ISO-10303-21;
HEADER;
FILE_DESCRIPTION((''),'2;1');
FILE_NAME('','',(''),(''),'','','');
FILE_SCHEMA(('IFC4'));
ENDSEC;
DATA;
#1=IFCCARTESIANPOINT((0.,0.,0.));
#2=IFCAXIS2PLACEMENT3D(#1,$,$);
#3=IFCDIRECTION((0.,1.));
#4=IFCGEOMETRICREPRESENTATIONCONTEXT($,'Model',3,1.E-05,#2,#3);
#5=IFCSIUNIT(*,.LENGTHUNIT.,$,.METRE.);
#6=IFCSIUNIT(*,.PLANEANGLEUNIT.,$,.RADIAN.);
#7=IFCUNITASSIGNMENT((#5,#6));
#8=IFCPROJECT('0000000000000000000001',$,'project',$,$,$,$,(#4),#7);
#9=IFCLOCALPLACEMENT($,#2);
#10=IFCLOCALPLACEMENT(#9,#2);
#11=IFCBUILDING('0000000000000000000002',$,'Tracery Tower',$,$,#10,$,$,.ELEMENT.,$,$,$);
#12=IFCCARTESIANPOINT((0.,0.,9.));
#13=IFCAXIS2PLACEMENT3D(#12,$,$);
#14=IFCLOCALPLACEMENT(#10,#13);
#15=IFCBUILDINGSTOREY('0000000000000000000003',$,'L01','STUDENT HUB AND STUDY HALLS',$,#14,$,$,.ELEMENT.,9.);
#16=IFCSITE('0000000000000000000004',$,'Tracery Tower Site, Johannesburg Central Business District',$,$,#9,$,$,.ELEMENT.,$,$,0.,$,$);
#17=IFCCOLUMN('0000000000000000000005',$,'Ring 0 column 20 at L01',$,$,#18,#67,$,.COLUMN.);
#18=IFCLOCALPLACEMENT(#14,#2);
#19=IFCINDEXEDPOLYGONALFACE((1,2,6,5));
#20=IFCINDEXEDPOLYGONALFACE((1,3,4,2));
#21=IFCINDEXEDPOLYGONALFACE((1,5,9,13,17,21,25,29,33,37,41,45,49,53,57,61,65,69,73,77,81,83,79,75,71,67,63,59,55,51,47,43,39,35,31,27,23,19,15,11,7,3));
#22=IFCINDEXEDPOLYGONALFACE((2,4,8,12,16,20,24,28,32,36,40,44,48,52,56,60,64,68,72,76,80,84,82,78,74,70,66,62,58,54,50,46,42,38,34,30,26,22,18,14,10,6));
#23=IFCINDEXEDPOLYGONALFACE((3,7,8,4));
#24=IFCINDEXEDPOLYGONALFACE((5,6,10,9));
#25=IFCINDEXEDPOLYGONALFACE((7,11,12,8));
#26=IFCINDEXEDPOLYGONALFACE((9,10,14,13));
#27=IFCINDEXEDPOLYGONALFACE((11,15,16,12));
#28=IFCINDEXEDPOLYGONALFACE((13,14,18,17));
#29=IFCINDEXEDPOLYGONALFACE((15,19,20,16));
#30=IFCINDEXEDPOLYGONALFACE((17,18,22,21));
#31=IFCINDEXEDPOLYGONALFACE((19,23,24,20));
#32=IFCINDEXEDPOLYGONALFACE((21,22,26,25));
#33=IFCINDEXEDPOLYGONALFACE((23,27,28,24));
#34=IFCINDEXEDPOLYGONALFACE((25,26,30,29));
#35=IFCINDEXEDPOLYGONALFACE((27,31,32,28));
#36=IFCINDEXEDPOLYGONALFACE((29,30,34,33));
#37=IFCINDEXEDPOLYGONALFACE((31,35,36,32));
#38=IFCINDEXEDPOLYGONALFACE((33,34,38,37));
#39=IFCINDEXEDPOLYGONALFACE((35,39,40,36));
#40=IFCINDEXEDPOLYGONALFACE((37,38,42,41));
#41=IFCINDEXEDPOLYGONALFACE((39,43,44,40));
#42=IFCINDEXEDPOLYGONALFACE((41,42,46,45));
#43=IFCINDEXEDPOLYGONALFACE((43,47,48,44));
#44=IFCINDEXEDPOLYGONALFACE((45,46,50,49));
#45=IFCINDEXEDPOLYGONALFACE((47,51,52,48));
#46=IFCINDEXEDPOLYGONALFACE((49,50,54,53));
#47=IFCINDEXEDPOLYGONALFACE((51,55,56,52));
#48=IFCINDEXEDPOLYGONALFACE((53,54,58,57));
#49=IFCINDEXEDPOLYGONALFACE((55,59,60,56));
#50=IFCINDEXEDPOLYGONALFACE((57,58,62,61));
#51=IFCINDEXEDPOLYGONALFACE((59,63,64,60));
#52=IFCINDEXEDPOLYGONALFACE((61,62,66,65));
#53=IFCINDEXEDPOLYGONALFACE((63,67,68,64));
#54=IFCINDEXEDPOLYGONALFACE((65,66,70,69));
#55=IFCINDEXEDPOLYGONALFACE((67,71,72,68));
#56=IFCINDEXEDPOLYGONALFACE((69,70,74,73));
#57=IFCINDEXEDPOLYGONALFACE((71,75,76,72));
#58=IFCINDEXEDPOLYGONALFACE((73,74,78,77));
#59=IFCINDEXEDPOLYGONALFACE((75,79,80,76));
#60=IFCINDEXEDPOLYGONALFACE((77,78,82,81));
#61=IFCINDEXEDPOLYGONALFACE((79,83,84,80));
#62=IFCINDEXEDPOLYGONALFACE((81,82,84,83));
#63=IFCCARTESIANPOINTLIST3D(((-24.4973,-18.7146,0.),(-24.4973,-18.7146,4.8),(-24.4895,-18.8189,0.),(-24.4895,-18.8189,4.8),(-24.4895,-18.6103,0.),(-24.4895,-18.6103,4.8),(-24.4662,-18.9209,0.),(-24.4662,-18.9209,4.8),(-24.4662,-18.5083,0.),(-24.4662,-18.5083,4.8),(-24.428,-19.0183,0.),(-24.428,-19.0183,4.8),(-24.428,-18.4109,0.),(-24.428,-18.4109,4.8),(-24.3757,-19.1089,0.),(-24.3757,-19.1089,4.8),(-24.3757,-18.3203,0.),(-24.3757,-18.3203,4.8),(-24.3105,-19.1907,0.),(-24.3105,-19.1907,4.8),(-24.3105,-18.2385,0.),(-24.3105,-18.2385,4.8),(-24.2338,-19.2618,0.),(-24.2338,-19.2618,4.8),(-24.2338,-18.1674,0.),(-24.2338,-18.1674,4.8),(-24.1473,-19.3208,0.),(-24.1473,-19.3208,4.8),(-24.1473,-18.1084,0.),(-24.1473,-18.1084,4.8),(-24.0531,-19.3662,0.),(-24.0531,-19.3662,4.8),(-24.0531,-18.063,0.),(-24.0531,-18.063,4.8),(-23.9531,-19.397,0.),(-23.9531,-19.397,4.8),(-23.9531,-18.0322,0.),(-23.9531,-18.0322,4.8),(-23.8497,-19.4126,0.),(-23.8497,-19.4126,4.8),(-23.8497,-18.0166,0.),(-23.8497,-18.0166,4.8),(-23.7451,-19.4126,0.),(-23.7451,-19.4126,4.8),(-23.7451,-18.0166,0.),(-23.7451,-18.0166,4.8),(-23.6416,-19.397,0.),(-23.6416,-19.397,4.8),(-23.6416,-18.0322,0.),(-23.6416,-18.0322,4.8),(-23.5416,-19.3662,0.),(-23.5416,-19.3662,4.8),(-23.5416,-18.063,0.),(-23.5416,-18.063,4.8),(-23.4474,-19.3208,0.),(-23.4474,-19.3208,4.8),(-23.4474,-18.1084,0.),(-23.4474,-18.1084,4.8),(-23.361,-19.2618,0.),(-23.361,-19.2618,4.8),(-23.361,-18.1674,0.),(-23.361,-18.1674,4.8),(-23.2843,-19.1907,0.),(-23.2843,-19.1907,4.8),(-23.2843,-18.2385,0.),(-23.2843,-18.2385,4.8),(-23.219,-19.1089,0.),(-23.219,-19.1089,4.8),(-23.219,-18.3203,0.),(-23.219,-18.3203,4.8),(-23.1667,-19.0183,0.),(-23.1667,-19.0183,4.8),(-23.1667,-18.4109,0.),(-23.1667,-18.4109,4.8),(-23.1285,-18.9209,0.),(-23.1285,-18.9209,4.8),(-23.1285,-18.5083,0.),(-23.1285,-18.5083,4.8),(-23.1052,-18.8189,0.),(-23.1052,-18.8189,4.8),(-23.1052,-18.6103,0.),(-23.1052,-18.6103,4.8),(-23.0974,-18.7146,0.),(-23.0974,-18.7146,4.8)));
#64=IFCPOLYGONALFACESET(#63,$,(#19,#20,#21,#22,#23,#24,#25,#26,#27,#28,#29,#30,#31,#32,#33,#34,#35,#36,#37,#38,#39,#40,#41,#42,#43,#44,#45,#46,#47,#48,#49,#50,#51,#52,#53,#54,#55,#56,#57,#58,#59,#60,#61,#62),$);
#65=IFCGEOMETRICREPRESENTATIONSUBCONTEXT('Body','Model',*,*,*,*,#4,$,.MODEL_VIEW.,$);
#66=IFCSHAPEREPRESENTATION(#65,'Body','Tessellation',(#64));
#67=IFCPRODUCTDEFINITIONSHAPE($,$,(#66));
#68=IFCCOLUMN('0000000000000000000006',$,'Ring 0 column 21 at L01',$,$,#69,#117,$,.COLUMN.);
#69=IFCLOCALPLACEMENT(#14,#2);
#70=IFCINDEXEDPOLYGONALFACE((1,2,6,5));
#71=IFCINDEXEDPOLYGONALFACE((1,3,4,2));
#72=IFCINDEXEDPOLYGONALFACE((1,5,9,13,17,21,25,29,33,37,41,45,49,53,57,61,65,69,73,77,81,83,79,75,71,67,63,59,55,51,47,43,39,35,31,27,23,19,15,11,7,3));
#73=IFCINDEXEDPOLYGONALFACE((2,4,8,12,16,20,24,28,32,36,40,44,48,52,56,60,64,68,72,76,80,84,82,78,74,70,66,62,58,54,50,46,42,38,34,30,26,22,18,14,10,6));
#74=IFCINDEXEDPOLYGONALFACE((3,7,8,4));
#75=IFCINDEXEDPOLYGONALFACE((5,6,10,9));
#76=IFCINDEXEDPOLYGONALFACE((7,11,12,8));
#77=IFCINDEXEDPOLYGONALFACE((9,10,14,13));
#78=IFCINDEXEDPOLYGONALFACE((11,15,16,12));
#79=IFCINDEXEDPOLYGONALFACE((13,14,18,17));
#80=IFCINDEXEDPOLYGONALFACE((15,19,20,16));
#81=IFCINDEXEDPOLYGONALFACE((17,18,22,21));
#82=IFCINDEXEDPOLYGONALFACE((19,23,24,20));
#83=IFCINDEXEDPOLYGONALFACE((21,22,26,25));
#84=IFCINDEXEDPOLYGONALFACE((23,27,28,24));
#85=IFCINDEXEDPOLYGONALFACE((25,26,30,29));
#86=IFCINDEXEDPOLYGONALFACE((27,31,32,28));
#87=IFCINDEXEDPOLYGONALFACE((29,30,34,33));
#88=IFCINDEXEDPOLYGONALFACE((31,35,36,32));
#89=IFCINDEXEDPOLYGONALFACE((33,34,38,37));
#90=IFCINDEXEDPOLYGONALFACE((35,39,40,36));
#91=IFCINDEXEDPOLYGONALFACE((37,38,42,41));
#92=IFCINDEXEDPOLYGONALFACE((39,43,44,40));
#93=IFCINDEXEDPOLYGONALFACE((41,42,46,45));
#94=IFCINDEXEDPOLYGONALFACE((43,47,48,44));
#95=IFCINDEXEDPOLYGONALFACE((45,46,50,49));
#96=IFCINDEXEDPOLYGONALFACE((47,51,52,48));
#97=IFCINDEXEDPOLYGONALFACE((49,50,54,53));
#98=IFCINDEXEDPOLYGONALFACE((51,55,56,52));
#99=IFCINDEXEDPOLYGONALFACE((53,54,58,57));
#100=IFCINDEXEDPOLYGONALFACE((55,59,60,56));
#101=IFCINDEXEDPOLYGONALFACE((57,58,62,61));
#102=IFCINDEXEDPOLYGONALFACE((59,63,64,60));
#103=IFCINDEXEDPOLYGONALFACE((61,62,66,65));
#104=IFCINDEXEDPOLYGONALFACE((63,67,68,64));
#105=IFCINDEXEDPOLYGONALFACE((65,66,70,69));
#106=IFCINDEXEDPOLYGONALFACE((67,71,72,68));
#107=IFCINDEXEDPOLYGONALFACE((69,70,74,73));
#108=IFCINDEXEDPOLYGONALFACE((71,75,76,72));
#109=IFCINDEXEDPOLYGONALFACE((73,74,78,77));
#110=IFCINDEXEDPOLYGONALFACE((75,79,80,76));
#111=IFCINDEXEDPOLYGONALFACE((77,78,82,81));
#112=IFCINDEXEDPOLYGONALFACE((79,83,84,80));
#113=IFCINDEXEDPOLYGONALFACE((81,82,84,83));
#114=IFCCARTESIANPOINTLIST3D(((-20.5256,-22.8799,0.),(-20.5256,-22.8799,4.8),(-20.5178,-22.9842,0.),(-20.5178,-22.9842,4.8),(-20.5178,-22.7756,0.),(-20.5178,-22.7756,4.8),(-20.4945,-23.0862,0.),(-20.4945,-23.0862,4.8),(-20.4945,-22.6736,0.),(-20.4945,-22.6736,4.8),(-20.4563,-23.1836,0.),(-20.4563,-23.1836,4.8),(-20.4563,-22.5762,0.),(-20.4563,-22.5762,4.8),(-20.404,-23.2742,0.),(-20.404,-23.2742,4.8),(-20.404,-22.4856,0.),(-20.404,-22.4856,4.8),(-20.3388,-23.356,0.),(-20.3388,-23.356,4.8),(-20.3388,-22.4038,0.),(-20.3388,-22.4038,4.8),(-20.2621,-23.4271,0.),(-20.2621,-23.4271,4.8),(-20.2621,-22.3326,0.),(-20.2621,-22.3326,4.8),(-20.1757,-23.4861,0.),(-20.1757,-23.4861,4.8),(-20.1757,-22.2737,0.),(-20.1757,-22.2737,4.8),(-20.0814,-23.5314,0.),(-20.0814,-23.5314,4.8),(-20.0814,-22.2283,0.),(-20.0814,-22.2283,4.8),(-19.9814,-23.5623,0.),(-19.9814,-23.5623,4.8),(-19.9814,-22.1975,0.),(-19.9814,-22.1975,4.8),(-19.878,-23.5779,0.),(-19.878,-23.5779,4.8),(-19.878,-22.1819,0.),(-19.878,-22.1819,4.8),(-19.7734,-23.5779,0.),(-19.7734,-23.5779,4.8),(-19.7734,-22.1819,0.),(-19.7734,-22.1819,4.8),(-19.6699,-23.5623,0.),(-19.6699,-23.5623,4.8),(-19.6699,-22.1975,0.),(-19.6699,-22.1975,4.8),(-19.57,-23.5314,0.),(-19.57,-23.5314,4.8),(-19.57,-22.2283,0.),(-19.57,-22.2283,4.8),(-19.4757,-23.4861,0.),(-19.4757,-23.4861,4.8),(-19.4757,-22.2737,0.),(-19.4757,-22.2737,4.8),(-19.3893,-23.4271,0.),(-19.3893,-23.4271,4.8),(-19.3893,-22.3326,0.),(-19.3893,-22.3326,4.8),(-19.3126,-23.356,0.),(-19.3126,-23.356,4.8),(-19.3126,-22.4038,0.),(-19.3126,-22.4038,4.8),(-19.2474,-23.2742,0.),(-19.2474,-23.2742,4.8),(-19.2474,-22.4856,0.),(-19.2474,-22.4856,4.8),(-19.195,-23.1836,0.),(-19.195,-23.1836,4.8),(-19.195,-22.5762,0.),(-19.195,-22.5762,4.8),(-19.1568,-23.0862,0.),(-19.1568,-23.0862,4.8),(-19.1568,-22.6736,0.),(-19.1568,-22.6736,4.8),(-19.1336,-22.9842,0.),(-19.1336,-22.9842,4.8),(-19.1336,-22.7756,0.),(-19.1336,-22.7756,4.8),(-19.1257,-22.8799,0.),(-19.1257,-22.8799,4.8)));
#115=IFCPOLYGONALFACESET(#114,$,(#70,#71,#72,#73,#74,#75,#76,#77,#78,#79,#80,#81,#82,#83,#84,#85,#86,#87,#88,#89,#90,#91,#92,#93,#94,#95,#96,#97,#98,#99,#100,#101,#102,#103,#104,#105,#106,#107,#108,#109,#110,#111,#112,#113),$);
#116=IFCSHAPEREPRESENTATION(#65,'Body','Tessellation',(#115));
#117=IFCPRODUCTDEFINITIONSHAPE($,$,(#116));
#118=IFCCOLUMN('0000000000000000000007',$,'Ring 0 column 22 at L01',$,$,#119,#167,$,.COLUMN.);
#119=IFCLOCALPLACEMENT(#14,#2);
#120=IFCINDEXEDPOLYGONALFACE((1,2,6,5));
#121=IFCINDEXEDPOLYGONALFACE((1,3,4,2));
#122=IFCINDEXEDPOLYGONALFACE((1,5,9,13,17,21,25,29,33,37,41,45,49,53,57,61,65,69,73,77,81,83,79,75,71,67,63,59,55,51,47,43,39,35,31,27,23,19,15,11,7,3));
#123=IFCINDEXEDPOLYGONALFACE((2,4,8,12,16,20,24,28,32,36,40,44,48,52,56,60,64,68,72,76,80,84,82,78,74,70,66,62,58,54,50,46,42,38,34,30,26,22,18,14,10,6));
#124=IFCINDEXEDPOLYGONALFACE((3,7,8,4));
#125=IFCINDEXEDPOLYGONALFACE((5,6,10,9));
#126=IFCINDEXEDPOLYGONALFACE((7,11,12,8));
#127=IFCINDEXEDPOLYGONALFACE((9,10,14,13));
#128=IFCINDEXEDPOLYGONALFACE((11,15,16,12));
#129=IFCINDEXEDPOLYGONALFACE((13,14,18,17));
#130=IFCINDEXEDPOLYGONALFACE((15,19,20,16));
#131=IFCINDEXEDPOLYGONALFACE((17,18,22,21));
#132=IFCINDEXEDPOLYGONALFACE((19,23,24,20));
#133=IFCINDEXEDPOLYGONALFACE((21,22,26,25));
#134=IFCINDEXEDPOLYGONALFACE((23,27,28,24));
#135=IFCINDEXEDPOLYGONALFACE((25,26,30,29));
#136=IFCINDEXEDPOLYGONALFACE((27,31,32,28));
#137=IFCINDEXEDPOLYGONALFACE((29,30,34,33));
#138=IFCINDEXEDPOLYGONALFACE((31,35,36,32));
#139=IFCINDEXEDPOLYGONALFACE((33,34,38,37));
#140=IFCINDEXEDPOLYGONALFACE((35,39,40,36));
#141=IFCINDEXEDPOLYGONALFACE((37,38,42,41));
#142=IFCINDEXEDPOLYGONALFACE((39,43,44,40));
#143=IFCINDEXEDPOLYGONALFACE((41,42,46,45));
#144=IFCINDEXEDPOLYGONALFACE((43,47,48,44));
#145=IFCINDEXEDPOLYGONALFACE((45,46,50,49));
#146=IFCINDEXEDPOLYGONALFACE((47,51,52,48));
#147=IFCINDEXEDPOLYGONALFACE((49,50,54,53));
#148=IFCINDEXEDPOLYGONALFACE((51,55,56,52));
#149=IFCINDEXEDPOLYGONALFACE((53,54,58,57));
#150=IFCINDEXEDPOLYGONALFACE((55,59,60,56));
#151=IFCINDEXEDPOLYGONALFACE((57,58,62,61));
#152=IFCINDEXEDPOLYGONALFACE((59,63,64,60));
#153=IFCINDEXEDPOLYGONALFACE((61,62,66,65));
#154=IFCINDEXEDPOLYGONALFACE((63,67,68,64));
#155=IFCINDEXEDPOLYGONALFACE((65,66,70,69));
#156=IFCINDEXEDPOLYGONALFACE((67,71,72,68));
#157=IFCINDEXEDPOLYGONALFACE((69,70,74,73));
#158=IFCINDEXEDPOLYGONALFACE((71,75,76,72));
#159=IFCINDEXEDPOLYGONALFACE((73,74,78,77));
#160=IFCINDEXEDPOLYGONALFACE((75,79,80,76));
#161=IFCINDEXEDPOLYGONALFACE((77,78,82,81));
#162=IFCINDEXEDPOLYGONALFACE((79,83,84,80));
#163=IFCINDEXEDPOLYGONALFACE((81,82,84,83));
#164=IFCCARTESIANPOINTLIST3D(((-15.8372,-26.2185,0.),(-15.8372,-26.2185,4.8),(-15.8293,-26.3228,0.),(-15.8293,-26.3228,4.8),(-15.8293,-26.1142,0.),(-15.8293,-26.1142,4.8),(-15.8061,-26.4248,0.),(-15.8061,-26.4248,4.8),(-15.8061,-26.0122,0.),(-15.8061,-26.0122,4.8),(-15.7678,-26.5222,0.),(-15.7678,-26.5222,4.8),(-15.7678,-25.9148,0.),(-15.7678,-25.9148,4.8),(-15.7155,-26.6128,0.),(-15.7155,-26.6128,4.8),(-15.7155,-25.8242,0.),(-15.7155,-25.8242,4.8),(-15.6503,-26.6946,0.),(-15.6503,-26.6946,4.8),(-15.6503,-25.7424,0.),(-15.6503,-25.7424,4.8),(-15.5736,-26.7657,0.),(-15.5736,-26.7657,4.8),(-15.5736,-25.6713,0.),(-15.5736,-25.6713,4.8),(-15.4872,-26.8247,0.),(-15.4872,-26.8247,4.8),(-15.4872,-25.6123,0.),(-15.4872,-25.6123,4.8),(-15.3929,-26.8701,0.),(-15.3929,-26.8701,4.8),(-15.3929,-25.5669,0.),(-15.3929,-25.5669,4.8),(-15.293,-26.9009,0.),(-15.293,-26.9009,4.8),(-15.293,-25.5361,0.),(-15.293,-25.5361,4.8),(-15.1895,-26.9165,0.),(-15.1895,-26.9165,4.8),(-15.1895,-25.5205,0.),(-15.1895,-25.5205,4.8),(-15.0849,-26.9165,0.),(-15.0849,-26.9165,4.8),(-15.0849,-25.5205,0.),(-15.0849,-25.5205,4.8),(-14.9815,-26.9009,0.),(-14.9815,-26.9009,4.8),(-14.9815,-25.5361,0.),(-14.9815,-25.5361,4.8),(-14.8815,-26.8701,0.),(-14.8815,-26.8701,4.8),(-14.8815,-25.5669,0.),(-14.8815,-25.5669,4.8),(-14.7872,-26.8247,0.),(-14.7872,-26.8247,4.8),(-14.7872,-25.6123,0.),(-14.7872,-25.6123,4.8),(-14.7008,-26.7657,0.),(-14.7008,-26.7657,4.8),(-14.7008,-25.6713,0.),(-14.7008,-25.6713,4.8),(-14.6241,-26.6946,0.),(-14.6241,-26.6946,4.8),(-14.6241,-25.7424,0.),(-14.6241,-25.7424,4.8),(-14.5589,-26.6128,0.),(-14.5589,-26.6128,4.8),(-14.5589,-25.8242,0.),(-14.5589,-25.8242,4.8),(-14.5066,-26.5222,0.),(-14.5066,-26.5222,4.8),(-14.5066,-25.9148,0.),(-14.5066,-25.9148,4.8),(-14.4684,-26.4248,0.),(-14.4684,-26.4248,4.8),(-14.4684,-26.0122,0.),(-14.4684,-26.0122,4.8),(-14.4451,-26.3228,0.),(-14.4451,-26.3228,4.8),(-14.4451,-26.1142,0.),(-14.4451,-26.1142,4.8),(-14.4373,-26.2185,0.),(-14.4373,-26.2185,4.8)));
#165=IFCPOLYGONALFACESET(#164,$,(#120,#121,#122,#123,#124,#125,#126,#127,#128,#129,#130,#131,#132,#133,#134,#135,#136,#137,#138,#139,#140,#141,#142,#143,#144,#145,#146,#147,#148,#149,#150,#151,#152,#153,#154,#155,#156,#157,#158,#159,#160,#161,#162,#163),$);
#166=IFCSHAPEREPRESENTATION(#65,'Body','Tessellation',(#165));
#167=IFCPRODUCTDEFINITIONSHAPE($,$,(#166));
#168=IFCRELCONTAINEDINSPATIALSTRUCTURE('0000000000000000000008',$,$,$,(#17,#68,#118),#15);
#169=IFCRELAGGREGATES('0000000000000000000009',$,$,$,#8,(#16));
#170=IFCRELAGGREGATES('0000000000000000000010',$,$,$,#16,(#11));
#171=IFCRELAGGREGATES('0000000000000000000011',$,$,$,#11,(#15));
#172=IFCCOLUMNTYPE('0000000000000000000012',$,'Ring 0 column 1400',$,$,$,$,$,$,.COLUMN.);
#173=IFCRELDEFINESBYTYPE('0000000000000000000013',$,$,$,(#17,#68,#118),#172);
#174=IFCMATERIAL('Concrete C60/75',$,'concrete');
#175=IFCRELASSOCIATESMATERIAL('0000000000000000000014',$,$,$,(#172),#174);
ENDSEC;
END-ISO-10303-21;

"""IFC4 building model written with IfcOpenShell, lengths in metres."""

from ifc_helpers import new_model, si_unit, direction, frame, origin, origin_2d, place, context, subcontext, project, spatial, circle, extrude, material, material_profile, profile_set, type_object, element, save


model = new_model("IFC4")

# Units and contexts
model_context = context("Model", 3, precision=1e-05, world=origin(), true_north=direction((0.0, 1.0)))
body_context = subcontext(model_context, "Body", "Model", "MODEL_VIEW")
ifc_project = project(units=[si_unit("LENGTHUNIT", "METRE"), si_unit("PLANEANGLEUNIT", "RADIAN")], contexts=[model_context])

# Site, building, storey
site_placement = place(None, origin())
site = spatial("IfcSite", under=ifc_project, at=site_placement, Name="Tracery Tower Site, Johannesburg Central Business District", CompositionType="ELEMENT", RefElevation=0.0)
building_placement = place(site_placement, origin())
building = spatial("IfcBuilding", under=site, at=building_placement, Name="Tracery Tower", CompositionType="ELEMENT")
storey_placement = place(building_placement, frame((0.0, 0.0, 9.0)))
storey = spatial("IfcBuildingStorey", under=building, at=storey_placement, Name="L01", Description="STUDENT HUB AND STUDY HALLS", CompositionType="ELEMENT", Elevation=9.0)

# Columns
ifc_material_1 = material(Name="Concrete C60/75", Category="concrete")
ifc_material_profile_1 = material_profile(ifc_material_1, circle(Radius=0.7, at=origin_2d()), Name="RC D1400")
ifc_profile_set_1 = profile_set([ifc_material_profile_1], Name="Concrete C60/75")
column_type_1 = type_object("IfcColumnType", Name="Ring 0 column 1400", PredefinedType="COLUMN", material=ifc_profile_set_1)
for number, where, z_axis, x_axis, name in (
    (1, (-23.7974, -18.7146, 0.0), (0.0, 0.0, 1.0), (1.0, 0.0, 0.0), "Ring 0 column 20 at L01"),
    (2, (-19.8257, -22.8799, 0.0), (0.0, 0.0, 1.0), (1.0, 0.0, 0.0), "Ring 0 column 21 at L01"),
    (3, (-15.1372, -26.2185, 0.0), (0.0, 0.0, 1.0), (1.0, 0.0, 0.0), "Ring 0 column 22 at L01"),
):
    element("IfcColumn", number, at=place(storey_placement, frame(where, z_axis=z_axis, x_axis=x_axis)), inside=storey, type_object=column_type_1, Name=name, PredefinedType="COLUMN", context=body_context, shape_type="SweptSolid", body=[
        extrude(circle(Radius=0.7, at=origin_2d()), origin(), (0.0, 0.0, 1.0), 4.8),
    ])

save(model, "model.ifc")
